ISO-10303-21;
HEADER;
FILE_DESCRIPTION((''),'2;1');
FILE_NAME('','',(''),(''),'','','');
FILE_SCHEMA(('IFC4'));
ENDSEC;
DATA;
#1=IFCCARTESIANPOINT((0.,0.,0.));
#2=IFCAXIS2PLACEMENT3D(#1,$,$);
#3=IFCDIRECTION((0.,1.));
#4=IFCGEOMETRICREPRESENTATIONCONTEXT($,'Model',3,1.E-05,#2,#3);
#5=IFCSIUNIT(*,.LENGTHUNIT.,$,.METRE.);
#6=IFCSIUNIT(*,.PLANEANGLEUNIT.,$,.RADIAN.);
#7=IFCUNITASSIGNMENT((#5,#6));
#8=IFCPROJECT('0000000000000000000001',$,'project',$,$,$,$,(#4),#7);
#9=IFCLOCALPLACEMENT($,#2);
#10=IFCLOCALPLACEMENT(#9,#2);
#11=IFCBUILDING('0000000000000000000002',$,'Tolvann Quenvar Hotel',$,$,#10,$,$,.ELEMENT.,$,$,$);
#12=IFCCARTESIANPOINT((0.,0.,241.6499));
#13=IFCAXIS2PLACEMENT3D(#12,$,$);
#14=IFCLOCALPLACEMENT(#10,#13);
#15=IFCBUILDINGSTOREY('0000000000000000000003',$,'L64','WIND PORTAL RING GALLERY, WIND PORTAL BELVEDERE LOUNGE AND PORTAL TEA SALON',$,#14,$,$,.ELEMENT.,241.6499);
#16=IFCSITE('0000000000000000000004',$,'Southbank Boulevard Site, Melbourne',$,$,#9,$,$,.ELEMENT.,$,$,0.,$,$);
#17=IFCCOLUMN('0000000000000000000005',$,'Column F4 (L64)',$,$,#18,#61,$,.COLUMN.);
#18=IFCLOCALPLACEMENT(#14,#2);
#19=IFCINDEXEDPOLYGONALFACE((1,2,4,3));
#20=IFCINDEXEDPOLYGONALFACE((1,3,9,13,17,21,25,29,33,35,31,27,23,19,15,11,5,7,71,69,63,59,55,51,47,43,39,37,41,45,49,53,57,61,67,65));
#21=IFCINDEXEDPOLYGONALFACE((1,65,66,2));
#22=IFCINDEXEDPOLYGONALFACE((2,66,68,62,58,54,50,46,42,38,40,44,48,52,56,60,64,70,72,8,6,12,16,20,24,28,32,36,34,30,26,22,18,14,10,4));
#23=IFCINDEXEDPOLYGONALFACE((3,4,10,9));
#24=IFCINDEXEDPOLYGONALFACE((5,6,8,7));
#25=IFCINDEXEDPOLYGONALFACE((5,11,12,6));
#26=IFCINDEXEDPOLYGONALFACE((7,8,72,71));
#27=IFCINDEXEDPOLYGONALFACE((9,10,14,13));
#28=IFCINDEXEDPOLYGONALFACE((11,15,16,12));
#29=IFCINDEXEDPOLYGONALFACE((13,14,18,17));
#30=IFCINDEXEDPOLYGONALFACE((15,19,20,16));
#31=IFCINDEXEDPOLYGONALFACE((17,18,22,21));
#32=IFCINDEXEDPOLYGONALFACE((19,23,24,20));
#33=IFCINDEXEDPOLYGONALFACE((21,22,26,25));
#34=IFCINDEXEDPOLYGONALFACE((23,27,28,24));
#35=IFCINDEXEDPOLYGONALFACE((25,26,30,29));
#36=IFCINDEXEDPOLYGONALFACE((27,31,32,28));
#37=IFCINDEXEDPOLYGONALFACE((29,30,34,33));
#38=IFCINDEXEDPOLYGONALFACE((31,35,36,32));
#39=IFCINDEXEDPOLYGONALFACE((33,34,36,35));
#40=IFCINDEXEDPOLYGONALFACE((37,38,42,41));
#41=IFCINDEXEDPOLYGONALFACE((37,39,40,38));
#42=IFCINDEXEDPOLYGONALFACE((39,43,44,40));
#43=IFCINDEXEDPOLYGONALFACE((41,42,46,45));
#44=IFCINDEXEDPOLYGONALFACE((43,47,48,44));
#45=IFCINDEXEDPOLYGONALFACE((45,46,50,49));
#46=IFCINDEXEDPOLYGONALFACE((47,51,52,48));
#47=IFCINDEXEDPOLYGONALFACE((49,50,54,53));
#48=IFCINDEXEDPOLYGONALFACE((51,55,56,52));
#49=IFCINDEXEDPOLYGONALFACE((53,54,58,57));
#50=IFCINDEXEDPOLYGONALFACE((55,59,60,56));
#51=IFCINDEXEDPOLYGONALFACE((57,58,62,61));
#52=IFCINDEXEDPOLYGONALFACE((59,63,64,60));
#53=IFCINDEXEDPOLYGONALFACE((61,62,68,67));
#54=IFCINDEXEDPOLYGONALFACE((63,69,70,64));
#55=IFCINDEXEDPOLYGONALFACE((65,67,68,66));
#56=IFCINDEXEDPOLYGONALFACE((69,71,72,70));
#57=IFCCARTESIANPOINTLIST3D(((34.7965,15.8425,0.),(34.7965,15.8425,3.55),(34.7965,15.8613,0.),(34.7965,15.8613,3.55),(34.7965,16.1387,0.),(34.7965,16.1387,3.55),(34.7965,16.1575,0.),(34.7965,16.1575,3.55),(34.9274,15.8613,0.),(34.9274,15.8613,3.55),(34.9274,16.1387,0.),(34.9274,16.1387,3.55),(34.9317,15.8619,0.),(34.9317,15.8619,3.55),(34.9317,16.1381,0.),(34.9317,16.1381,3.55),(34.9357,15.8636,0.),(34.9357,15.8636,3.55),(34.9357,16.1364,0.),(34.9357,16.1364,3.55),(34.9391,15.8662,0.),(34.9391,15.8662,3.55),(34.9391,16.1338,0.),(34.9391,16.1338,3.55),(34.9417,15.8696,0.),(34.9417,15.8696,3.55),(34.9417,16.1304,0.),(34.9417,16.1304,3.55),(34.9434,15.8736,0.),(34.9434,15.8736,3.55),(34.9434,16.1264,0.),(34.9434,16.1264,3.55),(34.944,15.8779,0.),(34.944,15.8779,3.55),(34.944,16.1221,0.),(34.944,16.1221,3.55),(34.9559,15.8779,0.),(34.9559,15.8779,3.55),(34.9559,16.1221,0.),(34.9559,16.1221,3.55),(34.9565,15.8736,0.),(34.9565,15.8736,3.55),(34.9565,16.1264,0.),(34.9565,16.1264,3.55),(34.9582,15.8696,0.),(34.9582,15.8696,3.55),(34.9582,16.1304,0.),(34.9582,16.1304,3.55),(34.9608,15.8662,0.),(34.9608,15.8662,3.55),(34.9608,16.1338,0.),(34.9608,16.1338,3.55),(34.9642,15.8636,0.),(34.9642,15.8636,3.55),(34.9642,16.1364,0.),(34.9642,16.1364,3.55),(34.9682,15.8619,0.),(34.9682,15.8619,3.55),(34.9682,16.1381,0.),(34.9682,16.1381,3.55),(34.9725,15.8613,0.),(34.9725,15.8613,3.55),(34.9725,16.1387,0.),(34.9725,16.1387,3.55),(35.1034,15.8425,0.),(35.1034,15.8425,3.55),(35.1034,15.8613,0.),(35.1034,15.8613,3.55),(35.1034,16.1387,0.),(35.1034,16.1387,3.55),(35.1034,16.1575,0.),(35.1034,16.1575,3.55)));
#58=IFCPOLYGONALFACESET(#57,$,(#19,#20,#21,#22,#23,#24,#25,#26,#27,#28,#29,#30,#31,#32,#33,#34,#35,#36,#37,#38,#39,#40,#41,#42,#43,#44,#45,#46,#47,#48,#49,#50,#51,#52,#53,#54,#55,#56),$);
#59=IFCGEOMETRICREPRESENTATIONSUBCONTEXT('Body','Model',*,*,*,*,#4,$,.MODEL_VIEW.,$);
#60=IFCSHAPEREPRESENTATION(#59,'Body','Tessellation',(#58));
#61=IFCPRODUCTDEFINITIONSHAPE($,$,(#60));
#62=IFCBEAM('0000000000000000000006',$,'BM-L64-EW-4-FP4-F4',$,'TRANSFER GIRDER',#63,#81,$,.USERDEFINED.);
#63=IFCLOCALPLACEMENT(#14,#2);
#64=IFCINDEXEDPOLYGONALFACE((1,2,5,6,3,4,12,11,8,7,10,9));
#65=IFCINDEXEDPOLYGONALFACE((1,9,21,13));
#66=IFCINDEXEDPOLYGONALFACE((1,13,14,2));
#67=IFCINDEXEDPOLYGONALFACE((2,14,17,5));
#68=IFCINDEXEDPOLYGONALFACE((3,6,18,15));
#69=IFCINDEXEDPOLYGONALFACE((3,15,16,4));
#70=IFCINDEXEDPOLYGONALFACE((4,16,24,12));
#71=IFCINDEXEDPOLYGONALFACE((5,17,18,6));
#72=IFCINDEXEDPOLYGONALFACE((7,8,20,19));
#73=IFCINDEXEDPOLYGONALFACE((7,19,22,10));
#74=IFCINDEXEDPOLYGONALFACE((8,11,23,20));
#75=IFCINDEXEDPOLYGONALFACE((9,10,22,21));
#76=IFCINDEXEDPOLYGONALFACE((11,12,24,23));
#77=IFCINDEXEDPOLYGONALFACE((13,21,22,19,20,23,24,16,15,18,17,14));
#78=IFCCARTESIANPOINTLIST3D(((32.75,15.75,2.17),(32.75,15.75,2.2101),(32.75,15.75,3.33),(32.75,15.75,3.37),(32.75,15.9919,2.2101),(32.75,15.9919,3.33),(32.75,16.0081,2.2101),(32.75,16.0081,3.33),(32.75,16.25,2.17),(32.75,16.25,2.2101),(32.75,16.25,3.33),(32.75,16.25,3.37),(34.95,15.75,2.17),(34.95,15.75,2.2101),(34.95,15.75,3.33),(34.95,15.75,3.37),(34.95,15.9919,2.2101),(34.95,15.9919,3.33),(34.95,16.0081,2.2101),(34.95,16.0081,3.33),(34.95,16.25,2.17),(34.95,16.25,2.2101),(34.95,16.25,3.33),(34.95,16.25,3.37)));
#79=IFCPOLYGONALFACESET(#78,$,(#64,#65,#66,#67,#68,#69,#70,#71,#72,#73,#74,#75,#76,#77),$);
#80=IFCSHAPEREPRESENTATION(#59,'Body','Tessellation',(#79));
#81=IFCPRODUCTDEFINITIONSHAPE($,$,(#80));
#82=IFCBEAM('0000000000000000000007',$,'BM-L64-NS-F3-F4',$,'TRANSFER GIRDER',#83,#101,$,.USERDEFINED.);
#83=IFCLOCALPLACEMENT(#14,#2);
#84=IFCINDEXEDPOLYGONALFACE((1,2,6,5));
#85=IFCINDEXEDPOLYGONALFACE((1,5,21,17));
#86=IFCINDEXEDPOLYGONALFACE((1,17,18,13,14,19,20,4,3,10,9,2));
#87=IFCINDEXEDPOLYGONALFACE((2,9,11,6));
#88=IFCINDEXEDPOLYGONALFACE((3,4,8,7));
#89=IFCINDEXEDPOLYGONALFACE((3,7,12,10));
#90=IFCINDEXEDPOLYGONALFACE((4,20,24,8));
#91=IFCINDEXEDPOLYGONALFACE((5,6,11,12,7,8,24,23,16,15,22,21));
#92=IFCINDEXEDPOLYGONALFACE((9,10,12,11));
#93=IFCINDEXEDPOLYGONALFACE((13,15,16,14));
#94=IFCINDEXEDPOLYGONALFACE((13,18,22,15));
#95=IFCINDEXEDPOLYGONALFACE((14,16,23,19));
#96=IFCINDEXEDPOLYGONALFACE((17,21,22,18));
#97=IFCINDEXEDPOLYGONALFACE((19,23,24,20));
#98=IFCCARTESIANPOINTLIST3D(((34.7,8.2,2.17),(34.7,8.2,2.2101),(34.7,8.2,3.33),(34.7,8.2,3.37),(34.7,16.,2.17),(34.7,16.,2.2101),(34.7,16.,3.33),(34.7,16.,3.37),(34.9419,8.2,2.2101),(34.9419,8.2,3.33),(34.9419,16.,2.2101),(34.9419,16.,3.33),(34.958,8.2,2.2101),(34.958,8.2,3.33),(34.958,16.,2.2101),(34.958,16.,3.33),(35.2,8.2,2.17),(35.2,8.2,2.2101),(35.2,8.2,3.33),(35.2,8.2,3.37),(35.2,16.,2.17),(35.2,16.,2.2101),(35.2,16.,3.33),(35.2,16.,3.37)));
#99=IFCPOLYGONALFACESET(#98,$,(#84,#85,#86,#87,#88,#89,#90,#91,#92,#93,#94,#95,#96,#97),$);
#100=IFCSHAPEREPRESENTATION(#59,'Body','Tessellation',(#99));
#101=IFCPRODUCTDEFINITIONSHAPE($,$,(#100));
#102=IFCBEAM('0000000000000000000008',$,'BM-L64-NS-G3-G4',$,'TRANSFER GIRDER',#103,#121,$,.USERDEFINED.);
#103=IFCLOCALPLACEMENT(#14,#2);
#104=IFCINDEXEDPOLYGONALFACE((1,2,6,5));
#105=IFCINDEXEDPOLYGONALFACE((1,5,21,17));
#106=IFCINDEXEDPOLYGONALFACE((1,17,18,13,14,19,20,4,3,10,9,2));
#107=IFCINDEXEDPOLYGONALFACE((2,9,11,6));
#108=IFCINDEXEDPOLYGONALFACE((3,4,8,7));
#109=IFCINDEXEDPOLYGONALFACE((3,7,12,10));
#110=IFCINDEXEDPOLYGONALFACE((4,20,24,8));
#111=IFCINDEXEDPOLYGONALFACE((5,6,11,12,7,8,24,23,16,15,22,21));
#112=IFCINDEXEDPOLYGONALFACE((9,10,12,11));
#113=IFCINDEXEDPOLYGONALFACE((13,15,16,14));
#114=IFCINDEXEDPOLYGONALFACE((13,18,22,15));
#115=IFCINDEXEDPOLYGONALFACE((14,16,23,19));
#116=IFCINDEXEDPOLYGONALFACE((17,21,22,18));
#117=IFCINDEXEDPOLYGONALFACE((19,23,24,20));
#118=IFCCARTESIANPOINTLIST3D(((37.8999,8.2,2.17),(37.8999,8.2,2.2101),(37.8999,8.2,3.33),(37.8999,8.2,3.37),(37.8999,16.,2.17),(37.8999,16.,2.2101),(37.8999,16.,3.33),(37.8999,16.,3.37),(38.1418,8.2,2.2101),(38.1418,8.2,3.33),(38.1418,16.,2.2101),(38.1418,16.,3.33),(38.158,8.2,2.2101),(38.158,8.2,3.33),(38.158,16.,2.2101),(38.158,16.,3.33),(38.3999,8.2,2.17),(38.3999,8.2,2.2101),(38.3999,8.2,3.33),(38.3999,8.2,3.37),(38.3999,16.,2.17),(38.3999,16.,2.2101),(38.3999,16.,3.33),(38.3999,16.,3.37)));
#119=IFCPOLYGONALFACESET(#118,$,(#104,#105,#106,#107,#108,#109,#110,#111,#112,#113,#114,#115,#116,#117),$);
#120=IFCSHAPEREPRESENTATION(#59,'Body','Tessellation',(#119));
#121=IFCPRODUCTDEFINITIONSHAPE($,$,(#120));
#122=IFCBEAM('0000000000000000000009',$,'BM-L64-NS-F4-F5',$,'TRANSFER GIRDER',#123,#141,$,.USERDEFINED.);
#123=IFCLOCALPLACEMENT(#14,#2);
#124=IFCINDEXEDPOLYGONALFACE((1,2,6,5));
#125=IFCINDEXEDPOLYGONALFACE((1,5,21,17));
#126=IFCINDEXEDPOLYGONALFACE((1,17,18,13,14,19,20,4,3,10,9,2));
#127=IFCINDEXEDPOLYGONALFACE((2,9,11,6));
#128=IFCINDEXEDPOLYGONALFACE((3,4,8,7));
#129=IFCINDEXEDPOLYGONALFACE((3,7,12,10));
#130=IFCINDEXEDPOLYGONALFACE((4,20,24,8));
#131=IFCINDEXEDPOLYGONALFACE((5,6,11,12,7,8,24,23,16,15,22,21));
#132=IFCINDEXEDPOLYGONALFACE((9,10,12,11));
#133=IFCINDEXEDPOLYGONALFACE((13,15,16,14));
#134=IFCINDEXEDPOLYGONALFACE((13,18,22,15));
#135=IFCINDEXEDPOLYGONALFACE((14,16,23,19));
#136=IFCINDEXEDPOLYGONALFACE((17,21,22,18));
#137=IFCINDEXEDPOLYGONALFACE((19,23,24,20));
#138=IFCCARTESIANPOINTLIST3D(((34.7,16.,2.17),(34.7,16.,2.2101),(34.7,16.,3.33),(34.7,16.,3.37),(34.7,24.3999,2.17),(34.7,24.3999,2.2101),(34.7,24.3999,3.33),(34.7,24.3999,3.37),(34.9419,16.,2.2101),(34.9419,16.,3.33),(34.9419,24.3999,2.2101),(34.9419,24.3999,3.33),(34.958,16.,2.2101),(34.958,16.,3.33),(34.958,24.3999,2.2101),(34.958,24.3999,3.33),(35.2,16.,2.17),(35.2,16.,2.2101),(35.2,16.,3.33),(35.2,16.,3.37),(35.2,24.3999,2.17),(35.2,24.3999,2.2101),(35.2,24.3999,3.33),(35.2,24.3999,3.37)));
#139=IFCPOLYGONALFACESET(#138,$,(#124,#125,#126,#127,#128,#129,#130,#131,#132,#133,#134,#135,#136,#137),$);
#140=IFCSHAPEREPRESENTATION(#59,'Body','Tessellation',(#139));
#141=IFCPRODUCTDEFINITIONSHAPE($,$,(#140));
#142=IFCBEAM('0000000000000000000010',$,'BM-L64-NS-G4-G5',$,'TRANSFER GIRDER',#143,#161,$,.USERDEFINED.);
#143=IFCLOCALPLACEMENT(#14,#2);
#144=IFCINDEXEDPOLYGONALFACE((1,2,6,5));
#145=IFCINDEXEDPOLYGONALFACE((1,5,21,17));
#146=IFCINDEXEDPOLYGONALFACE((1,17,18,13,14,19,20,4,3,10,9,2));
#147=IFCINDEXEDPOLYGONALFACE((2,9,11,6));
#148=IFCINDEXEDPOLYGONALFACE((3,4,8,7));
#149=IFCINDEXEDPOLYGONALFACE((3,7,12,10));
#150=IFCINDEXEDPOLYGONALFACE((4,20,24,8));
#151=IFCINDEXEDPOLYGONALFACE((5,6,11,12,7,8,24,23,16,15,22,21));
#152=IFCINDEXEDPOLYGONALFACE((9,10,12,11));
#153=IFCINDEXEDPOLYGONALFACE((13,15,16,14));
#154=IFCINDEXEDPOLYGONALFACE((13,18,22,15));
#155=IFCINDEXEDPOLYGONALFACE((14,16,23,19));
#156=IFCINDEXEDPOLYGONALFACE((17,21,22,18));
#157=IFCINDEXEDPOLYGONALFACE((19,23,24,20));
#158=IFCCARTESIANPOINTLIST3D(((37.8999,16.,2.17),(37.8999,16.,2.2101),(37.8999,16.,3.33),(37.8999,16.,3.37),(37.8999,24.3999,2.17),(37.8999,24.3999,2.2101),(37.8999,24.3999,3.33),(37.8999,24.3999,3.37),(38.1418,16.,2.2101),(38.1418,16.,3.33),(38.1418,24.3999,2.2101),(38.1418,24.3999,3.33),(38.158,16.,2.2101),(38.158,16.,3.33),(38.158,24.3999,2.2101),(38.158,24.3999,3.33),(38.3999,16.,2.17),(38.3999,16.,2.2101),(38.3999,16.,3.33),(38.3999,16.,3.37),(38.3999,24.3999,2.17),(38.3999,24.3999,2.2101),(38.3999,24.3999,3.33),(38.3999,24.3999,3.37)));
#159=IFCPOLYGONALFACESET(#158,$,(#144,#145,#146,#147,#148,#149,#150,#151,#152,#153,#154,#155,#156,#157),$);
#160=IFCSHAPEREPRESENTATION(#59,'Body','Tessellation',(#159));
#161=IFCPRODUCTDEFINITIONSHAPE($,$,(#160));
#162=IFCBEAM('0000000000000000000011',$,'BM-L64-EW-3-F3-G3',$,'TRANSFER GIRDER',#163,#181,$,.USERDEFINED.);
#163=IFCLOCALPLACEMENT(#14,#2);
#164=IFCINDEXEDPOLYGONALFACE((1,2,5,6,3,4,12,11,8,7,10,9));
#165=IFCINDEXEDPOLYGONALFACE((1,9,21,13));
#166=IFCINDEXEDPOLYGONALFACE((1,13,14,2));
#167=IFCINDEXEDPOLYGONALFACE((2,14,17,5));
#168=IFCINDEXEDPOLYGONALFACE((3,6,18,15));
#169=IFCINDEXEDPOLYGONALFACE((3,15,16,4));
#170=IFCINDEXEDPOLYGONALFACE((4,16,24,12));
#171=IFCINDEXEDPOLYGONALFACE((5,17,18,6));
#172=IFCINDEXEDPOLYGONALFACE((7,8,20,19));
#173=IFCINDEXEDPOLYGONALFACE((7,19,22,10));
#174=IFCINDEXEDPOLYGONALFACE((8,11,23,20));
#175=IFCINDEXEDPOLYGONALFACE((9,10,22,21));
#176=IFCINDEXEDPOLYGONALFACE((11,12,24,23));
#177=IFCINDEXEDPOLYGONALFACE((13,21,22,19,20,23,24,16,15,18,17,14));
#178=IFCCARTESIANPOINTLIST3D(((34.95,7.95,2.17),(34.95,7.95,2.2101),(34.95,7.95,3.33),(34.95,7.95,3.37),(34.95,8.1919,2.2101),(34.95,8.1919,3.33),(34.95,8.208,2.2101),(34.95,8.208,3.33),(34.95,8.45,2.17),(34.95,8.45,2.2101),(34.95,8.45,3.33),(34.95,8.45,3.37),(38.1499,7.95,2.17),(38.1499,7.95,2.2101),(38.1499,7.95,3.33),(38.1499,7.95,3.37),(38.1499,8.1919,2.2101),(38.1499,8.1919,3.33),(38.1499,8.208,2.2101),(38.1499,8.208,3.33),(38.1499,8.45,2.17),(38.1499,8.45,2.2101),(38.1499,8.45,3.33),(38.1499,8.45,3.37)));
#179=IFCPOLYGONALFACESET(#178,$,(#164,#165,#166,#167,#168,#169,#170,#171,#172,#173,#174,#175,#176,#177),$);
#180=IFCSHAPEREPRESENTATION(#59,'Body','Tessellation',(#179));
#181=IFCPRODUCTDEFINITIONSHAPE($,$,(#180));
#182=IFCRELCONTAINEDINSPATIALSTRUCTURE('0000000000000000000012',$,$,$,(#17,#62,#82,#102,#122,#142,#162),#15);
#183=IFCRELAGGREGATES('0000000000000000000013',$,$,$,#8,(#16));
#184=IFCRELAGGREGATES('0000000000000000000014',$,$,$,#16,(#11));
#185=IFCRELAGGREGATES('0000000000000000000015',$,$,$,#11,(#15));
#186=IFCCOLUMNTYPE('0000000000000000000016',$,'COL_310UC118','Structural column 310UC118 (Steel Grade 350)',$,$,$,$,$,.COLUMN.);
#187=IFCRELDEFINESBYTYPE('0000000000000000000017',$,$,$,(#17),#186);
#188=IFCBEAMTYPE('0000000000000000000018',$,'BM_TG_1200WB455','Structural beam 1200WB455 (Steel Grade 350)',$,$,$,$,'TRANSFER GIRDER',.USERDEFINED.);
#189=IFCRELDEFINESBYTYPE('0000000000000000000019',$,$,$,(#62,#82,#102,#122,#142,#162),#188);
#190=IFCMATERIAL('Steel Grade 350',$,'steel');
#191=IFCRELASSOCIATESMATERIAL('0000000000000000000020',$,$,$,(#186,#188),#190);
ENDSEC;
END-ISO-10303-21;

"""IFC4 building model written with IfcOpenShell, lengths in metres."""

from ifc_helpers import new_model, si_unit, direction, frame, origin, origin_2d, place, context, subcontext, project, spatial, i_section, extrude, source, transform, mapped, material, material_profile, profile_set, type_object, type_shapes, element, save


model = new_model("IFC4")

# Units and contexts
model_context = context("Model", 3, precision=1e-05, world=origin(), true_north=direction((0.0, 1.0)))
body_context = subcontext(model_context, "Body", "Model", "MODEL_VIEW")
ifc_project = project(units=[si_unit("LENGTHUNIT", "METRE"), si_unit("PLANEANGLEUNIT", "RADIAN")], contexts=[model_context])

# Site, building, storey
site_placement = place(None, origin())
site = spatial("IfcSite", under=ifc_project, at=site_placement, Name="Southbank Boulevard Site, Melbourne", CompositionType="ELEMENT", RefElevation=0.0)
building_placement = place(site_placement, origin())
building = spatial("IfcBuilding", under=site, at=building_placement, Name="Tolvann Quenvar Hotel", CompositionType="ELEMENT")
storey_placement = place(building_placement, frame((0.0, 0.0, 241.6499)))
storey = spatial("IfcBuildingStorey", under=building, at=storey_placement, Name="L64", Description="WIND PORTAL RING GALLERY, WIND PORTAL BELVEDERE LOUNGE AND PORTAL TEA SALON", CompositionType="ELEMENT", Elevation=241.6499)

# Column
ifc_material_1 = material(Name="Steel Grade 350", Category="steel")
ifc_material_profile_1 = material_profile(ifc_material_1, i_section(OverallWidth=0.3069, OverallDepth=0.3149, WebThickness=0.012, FlangeThickness=0.0188, FilletRadius=0.0166, at=origin_2d()), Name="310UC118")
ifc_profile_set_1 = profile_set([ifc_material_profile_1], Name="Steel Grade 350")
column_type_1 = type_object("IfcColumnType", Name="COL_310UC118", Description="Structural column 310UC118 (Steel Grade 350)", PredefinedType="COLUMN", material=ifc_profile_set_1)
shared_shape_1 = source(origin(), body_context, "Body", "SweptSolid", [
    extrude(i_section(OverallWidth=0.3069, OverallDepth=0.3149, WebThickness=0.012, FlangeThickness=0.0188, FilletRadius=0.0166, at=origin_2d()), origin(), (0.0, 0.0, 1.0), 3.55),
])
type_shapes(column_type_1, [shared_shape_1])
for number, where, z_axis, x_axis, name in (
    (1, (34.95, 16.0, 0.0), (0.0, 0.0, 1.0), (1.0, 0.0, 0.0), "Column F4 (L64)"),
):
    element("IfcColumn", number, at=place(storey_placement, frame(where, z_axis=z_axis, x_axis=x_axis)), inside=storey, type_object=column_type_1, Name=name, PredefinedType="COLUMN", context=body_context, shape_type="MappedRepresentation", body=[
        mapped(shared_shape_1, transform((0.0, 0.0, 0.0), x_axis=(1.0, 0.0, 0.0), y_axis=(0.0, 1.0, 0.0), z_axis=(0.0, 0.0, 1.0), scale=1.0)),
    ])

# Beams
ifc_material_profile_2 = material_profile(ifc_material_1, i_section(OverallWidth=0.5, OverallDepth=1.2, WebThickness=0.0161, FlangeThickness=0.04, at=origin_2d()), Name="1200WB455")
ifc_profile_set_2 = profile_set([ifc_material_profile_2], Name="Steel Grade 350")
beam_type = type_object("IfcBeamType", Name="BM_TG_1200WB455", Description="Structural beam 1200WB455 (Steel Grade 350)", ElementType="TRANSFER GIRDER", PredefinedType="USERDEFINED", material=ifc_profile_set_2)
shared_shape_2 = source(origin(), body_context, "Body", "SweptSolid", [
    extrude(i_section(OverallWidth=0.5, OverallDepth=1.2, WebThickness=0.0161, FlangeThickness=0.04, at=origin_2d()), origin(), (0.0, 0.0, 1.0), 2.2),
])
beam_1_placement = place(storey_placement, frame((32.75, 16.0, 2.77), z_axis=(1.0, 0.0, 0.0), x_axis=(0.0, 1.0, 0.0)))
element("IfcBeam", 2, at=beam_1_placement, inside=storey, type_object=beam_type, Name="BM-L64-EW-4-FP4-F4", ObjectType="TRANSFER GIRDER", PredefinedType="USERDEFINED", context=body_context, shape_type="MappedRepresentation", body=[
    mapped(shared_shape_2, transform((0.0, 0.0, 0.0), x_axis=(1.0, 0.0, 0.0), y_axis=(0.0, 1.0, 0.0), z_axis=(0.0, 0.0, 1.0), scale=1.0)),
])
shared_shape_3 = source(origin(), body_context, "Body", "SweptSolid", [
    extrude(i_section(OverallWidth=0.5, OverallDepth=1.2, WebThickness=0.0161, FlangeThickness=0.04, at=origin_2d()), origin(), (0.0, 0.0, 1.0), 7.8),
])
for number, where, z_axis, x_axis, name in (
    (3, (34.95, 8.2, 2.77), (0.0, 1.0, 0.0), (-1.0, 0.0, 0.0), "BM-L64-NS-F3-F4"),
    (4, (38.1499, 8.2, 2.77), (0.0, 1.0, 0.0), (-1.0, 0.0, 0.0), "BM-L64-NS-G3-G4"),
):
    element("IfcBeam", number, at=place(storey_placement, frame(where, z_axis=z_axis, x_axis=x_axis)), inside=storey, type_object=beam_type, Name=name, ObjectType="TRANSFER GIRDER", PredefinedType="USERDEFINED", context=body_context, shape_type="MappedRepresentation", body=[
        mapped(shared_shape_3, transform((0.0, 0.0, 0.0), x_axis=(1.0, 0.0, 0.0), y_axis=(0.0, 1.0, 0.0), z_axis=(0.0, 0.0, 1.0), scale=1.0)),
    ])
shared_shape_4 = source(origin(), body_context, "Body", "SweptSolid", [
    extrude(i_section(OverallWidth=0.5, OverallDepth=1.2, WebThickness=0.0161, FlangeThickness=0.04, at=origin_2d()), origin(), (0.0, 0.0, 1.0), 8.3999),
])
for number, where, z_axis, x_axis, name in (
    (5, (34.95, 16.0, 2.77), (0.0, 1.0, 0.0), (-1.0, 0.0, 0.0), "BM-L64-NS-F4-F5"),
    (6, (38.1499, 16.0, 2.77), (0.0, 1.0, 0.0), (-1.0, 0.0, 0.0), "BM-L64-NS-G4-G5"),
):
    element("IfcBeam", number, at=place(storey_placement, frame(where, z_axis=z_axis, x_axis=x_axis)), inside=storey, type_object=beam_type, Name=name, ObjectType="TRANSFER GIRDER", PredefinedType="USERDEFINED", context=body_context, shape_type="MappedRepresentation", body=[
        mapped(shared_shape_4, transform((0.0, 0.0, 0.0), x_axis=(1.0, 0.0, 0.0), y_axis=(0.0, 1.0, 0.0), z_axis=(0.0, 0.0, 1.0), scale=1.0)),
    ])
shared_shape_5 = source(origin(), body_context, "Body", "SweptSolid", [
    extrude(i_section(OverallWidth=0.5, OverallDepth=1.2, WebThickness=0.0161, FlangeThickness=0.04, at=origin_2d()), origin(), (0.0, 0.0, 1.0), 3.2),
])
for number, where, z_axis, x_axis, name in (
    (7, (34.95, 8.2, 2.77), (1.0, 0.0, 0.0), (0.0, 1.0, 0.0), "BM-L64-EW-3-F3-G3"),
):
    element("IfcBeam", number, at=place(storey_placement, frame(where, z_axis=z_axis, x_axis=x_axis)), inside=storey, type_object=beam_type, Name=name, ObjectType="TRANSFER GIRDER", PredefinedType="USERDEFINED", context=body_context, shape_type="MappedRepresentation", body=[
        mapped(shared_shape_5, transform((0.0, 0.0, 0.0), x_axis=(1.0, 0.0, 0.0), y_axis=(0.0, 1.0, 0.0), z_axis=(0.0, 0.0, 1.0), scale=1.0)),
    ])

save(model, "model.ifc")
